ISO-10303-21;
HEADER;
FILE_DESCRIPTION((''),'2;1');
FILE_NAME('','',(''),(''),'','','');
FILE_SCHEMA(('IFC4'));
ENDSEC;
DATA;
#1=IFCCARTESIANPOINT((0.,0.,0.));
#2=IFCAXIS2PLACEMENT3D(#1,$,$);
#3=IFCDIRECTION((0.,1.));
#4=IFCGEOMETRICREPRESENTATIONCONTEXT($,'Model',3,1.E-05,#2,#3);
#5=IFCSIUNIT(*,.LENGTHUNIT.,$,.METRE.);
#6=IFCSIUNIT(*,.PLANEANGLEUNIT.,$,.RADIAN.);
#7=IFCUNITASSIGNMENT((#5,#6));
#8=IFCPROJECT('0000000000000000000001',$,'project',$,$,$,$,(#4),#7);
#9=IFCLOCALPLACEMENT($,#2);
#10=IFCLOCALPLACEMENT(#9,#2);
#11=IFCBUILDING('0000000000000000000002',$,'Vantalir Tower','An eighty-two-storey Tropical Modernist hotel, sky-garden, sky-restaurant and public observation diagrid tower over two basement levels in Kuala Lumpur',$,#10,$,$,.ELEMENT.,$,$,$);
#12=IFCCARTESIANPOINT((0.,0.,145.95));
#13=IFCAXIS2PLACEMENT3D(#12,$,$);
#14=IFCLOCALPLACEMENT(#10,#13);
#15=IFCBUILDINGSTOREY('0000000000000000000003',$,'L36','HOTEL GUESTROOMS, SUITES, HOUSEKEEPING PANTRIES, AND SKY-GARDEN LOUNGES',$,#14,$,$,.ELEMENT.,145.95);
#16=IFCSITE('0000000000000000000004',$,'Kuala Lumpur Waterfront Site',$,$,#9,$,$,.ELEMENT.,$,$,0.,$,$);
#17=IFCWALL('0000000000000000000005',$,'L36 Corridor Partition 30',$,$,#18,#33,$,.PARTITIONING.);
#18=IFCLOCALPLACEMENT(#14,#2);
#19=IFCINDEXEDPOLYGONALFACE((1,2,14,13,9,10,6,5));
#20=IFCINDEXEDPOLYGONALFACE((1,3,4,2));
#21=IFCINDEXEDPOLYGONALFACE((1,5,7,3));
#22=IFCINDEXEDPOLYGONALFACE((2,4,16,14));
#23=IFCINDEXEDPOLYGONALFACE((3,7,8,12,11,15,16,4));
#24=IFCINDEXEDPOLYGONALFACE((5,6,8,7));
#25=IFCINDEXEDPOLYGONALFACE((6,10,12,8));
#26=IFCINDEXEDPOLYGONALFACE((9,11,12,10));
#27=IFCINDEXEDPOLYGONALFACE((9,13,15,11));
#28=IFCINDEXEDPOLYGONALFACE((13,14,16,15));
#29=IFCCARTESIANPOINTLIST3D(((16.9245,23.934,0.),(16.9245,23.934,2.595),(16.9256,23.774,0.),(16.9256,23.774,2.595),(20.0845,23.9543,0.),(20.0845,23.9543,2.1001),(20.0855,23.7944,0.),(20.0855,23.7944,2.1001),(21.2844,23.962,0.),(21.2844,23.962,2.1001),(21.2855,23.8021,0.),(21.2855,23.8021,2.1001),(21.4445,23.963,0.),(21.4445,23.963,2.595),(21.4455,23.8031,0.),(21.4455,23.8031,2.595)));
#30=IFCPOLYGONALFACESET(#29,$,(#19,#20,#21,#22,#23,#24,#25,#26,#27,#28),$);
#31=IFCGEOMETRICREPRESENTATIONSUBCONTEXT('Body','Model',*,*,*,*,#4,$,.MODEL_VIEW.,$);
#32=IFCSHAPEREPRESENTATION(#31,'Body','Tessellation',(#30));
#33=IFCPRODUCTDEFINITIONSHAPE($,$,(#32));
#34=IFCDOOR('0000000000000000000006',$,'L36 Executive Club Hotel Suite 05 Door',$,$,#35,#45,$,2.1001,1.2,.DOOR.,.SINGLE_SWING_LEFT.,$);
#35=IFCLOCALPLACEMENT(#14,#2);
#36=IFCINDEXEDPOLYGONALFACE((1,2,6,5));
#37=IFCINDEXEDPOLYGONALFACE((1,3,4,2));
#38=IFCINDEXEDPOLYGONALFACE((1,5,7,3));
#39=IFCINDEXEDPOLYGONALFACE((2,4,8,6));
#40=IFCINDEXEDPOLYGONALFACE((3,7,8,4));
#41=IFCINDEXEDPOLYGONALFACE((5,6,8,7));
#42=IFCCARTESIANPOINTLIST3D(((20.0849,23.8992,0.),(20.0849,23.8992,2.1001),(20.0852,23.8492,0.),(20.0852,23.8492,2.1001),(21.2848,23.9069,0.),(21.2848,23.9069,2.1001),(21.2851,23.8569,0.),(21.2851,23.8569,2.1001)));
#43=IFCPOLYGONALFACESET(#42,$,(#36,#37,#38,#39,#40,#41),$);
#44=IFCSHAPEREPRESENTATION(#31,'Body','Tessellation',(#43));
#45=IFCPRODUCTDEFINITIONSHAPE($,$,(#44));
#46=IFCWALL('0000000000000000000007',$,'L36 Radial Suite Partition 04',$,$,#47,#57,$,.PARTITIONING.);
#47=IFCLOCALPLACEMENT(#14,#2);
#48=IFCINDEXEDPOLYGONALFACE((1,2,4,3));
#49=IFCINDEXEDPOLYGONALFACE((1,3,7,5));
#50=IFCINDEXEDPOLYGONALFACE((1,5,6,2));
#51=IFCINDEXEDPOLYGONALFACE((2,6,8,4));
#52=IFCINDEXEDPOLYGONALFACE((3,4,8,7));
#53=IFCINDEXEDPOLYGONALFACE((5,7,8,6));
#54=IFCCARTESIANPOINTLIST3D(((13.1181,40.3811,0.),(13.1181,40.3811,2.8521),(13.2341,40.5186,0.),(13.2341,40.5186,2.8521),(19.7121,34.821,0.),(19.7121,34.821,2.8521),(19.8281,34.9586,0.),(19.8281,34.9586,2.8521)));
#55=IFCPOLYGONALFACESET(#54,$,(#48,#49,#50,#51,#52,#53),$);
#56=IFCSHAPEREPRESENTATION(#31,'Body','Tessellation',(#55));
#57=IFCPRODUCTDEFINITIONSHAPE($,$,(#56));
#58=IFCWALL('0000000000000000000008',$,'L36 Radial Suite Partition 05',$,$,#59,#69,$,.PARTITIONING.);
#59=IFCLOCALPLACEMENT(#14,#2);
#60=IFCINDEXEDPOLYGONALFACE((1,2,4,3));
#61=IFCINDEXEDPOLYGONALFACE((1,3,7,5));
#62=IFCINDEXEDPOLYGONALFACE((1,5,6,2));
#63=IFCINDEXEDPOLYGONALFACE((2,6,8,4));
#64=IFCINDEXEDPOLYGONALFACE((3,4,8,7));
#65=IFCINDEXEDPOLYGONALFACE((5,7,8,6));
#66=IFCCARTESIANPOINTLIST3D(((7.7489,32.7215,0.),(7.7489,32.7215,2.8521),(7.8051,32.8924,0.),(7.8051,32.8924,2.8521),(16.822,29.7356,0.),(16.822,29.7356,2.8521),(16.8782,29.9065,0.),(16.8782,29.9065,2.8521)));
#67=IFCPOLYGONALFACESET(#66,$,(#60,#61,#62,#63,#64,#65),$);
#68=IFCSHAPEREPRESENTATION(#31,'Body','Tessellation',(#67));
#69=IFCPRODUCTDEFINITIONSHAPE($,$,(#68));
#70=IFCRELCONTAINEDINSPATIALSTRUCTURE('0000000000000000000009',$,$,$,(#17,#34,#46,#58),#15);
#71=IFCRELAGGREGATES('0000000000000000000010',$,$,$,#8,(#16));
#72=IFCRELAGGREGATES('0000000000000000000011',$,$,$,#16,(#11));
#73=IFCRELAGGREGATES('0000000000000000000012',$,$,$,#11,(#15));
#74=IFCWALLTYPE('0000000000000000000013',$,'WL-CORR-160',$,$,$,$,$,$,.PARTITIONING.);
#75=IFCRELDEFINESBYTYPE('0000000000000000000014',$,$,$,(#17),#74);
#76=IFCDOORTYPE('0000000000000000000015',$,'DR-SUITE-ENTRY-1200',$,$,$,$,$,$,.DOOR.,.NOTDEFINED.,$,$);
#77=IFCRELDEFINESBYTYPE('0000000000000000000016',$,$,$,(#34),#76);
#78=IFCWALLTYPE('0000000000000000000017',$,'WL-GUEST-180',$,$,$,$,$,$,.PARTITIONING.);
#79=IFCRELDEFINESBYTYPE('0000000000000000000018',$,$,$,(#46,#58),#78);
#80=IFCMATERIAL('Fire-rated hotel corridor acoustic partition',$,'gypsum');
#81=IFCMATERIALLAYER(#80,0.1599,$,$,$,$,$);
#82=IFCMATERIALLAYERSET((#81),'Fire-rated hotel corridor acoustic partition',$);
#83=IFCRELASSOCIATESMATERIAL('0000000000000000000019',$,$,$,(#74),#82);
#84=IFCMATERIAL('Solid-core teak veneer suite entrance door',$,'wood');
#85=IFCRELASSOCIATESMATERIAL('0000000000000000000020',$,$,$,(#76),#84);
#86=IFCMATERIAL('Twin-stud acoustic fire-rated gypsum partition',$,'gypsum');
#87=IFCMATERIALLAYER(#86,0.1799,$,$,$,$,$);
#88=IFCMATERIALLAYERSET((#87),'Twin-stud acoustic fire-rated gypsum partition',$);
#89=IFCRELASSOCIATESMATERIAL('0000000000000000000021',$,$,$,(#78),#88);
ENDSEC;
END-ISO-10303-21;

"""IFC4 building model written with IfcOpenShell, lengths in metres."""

from ifc_helpers import new_model, si_unit, direction, frame, frame_2d, origin, place, context, subcontext, project, spatial, rectangle, extrude, material, layer, layer_set, type_object, element, fill, save


model = new_model("IFC4")

# Units and contexts
model_context = context("Model", 3, precision=1e-05, world=origin(), true_north=direction((0.0, 1.0)))
body_context = subcontext(model_context, "Body", "Model", "MODEL_VIEW")
ifc_project = project(units=[si_unit("LENGTHUNIT", "METRE"), si_unit("PLANEANGLEUNIT", "RADIAN")], contexts=[model_context])

# Site, building, storey
site_placement = place(None, origin())
site = spatial("IfcSite", under=ifc_project, at=site_placement, Name="Kuala Lumpur Waterfront Site", CompositionType="ELEMENT", RefElevation=0.0)
building_placement = place(site_placement, origin())
building = spatial("IfcBuilding", under=site, at=building_placement, Name="Vantalir Tower", Description="An eighty-two-storey Tropical Modernist hotel, sky-garden, sky-restaurant and public observation diagrid tower over two basement levels in Kuala Lumpur", CompositionType="ELEMENT")
storey_placement = place(building_placement, frame((0.0, 0.0, 145.95)))
storey = spatial("IfcBuildingStorey", under=building, at=storey_placement, Name="L36", Description="HOTEL GUESTROOMS, SUITES, HOUSEKEEPING PANTRIES, AND SKY-GARDEN LOUNGES", CompositionType="ELEMENT", Elevation=145.95)

# Shared definitions
ifc_material_1 = material(Name="Fire-rated hotel corridor acoustic partition", Category="gypsum")
ifc_layer_1 = layer(ifc_material_1, 0.1599)
ifc_layer_set_1 = layer_set([ifc_layer_1], Name="Fire-rated hotel corridor acoustic partition")
wall_type_1 = type_object("IfcWallType", Name="WL-CORR-160", PredefinedType="PARTITIONING", material=ifc_layer_set_1)

# Shared definitions
ifc_material_2 = material(Name="Solid-core teak veneer suite entrance door", Category="wood")
door_type = type_object("IfcDoorType", Name="DR-SUITE-ENTRY-1200", OperationType="NOTDEFINED", PredefinedType="DOOR", material=ifc_material_2)

# Wall, opening, door
wall_1_placement = place(storey_placement, frame((16.925, 23.854, 0.0), z_axis=(0.0, 0.0, 1.0), x_axis=(0.999979, 0.006427, 0.0)))
wall_1 = element("IfcWall", 1, at=wall_1_placement, inside=storey, type_object=wall_type_1, Name="L36 Corridor Partition 30", PredefinedType="PARTITIONING", context=body_context, shape_type="SweptSolid", body=[
    extrude(rectangle(XDim=4.52, YDim=0.1599, at=frame_2d((2.26, 0.0))), origin(), (0.0, 0.0, 1.0), 2.595),
])
opening_1_placement = place(wall_1_placement, frame((3.1599, 0.0, 0.0)))
opening_1 = element("IfcOpeningElement", 2, at=opening_1_placement, cuts=wall_1, PredefinedType="OPENING", context=body_context, shape_type="SweptSolid", body=[
    extrude(rectangle(XDim=1.2, YDim=2.1001, at=frame_2d((0.6001, 1.05))), frame((0.0, 0.0898, 0.0), z_axis=(0.0, -1.0, 0.0), x_axis=(1.0, 0.0, 0.0)), (0.0, 0.0, 1.0), 0.1799),
])
door_1_placement = place(opening_1_placement, origin())
door_1 = element("IfcDoor", 3, at=door_1_placement, inside=storey, type_object=door_type, Name="L36 Executive Club Hotel Suite 05 Door", OperationType="SINGLE_SWING_LEFT", OverallHeight=2.1001, OverallWidth=1.2, PredefinedType="DOOR", context=body_context, shape_type="SweptSolid", body=[
    extrude(rectangle(XDim=1.2, YDim=2.1001, at=frame_2d((0.6001, 1.05))), frame((0.0, 0.0249, 0.0), z_axis=(0.0, -1.0, 0.0), x_axis=(1.0, 0.0, 0.0)), (0.0, 0.0, 1.0), 0.05),
])
fill(opening_1, door_1)

# Walls
ifc_material_3 = material(Name="Twin-stud acoustic fire-rated gypsum partition", Category="gypsum")
ifc_layer_2 = layer(ifc_material_3, 0.1799)
ifc_layer_set_2 = layer_set([ifc_layer_2], Name="Twin-stud acoustic fire-rated gypsum partition")
wall_type_2 = type_object("IfcWallType", Name="WL-GUEST-180", PredefinedType="PARTITIONING", material=ifc_layer_set_2)
wall_2_placement = place(storey_placement, frame((19.77, 34.8899, 0.0), z_axis=(0.0, 0.0, 1.0), x_axis=(-0.764499, 0.644625, 0.0)))
element("IfcWall", 4, at=wall_2_placement, inside=storey, type_object=wall_type_2, Name="L36 Radial Suite Partition 04", PredefinedType="PARTITIONING", context=body_context, shape_type="SweptSolid", body=[
    extrude(rectangle(XDim=8.6252, YDim=0.1799, at=frame_2d((4.3125, 0.0))), origin(), (0.0, 0.0, 1.0), 2.8521),
])
wall_3_placement = place(storey_placement, frame((16.8501, 29.821, 0.0), z_axis=(0.0, 0.0, 1.0), x_axis=(-0.949885, 0.312598, 0.0)))
element("IfcWall", 5, at=wall_3_placement, inside=storey, type_object=wall_type_2, Name="L36 Radial Suite Partition 05", PredefinedType="PARTITIONING", context=body_context, shape_type="SweptSolid", body=[
    extrude(rectangle(XDim=9.5518, YDim=0.1799, at=frame_2d((4.7759, 0.0))), origin(), (0.0, 0.0, 1.0), 2.8521),
])

save(model, "model.ifc")
